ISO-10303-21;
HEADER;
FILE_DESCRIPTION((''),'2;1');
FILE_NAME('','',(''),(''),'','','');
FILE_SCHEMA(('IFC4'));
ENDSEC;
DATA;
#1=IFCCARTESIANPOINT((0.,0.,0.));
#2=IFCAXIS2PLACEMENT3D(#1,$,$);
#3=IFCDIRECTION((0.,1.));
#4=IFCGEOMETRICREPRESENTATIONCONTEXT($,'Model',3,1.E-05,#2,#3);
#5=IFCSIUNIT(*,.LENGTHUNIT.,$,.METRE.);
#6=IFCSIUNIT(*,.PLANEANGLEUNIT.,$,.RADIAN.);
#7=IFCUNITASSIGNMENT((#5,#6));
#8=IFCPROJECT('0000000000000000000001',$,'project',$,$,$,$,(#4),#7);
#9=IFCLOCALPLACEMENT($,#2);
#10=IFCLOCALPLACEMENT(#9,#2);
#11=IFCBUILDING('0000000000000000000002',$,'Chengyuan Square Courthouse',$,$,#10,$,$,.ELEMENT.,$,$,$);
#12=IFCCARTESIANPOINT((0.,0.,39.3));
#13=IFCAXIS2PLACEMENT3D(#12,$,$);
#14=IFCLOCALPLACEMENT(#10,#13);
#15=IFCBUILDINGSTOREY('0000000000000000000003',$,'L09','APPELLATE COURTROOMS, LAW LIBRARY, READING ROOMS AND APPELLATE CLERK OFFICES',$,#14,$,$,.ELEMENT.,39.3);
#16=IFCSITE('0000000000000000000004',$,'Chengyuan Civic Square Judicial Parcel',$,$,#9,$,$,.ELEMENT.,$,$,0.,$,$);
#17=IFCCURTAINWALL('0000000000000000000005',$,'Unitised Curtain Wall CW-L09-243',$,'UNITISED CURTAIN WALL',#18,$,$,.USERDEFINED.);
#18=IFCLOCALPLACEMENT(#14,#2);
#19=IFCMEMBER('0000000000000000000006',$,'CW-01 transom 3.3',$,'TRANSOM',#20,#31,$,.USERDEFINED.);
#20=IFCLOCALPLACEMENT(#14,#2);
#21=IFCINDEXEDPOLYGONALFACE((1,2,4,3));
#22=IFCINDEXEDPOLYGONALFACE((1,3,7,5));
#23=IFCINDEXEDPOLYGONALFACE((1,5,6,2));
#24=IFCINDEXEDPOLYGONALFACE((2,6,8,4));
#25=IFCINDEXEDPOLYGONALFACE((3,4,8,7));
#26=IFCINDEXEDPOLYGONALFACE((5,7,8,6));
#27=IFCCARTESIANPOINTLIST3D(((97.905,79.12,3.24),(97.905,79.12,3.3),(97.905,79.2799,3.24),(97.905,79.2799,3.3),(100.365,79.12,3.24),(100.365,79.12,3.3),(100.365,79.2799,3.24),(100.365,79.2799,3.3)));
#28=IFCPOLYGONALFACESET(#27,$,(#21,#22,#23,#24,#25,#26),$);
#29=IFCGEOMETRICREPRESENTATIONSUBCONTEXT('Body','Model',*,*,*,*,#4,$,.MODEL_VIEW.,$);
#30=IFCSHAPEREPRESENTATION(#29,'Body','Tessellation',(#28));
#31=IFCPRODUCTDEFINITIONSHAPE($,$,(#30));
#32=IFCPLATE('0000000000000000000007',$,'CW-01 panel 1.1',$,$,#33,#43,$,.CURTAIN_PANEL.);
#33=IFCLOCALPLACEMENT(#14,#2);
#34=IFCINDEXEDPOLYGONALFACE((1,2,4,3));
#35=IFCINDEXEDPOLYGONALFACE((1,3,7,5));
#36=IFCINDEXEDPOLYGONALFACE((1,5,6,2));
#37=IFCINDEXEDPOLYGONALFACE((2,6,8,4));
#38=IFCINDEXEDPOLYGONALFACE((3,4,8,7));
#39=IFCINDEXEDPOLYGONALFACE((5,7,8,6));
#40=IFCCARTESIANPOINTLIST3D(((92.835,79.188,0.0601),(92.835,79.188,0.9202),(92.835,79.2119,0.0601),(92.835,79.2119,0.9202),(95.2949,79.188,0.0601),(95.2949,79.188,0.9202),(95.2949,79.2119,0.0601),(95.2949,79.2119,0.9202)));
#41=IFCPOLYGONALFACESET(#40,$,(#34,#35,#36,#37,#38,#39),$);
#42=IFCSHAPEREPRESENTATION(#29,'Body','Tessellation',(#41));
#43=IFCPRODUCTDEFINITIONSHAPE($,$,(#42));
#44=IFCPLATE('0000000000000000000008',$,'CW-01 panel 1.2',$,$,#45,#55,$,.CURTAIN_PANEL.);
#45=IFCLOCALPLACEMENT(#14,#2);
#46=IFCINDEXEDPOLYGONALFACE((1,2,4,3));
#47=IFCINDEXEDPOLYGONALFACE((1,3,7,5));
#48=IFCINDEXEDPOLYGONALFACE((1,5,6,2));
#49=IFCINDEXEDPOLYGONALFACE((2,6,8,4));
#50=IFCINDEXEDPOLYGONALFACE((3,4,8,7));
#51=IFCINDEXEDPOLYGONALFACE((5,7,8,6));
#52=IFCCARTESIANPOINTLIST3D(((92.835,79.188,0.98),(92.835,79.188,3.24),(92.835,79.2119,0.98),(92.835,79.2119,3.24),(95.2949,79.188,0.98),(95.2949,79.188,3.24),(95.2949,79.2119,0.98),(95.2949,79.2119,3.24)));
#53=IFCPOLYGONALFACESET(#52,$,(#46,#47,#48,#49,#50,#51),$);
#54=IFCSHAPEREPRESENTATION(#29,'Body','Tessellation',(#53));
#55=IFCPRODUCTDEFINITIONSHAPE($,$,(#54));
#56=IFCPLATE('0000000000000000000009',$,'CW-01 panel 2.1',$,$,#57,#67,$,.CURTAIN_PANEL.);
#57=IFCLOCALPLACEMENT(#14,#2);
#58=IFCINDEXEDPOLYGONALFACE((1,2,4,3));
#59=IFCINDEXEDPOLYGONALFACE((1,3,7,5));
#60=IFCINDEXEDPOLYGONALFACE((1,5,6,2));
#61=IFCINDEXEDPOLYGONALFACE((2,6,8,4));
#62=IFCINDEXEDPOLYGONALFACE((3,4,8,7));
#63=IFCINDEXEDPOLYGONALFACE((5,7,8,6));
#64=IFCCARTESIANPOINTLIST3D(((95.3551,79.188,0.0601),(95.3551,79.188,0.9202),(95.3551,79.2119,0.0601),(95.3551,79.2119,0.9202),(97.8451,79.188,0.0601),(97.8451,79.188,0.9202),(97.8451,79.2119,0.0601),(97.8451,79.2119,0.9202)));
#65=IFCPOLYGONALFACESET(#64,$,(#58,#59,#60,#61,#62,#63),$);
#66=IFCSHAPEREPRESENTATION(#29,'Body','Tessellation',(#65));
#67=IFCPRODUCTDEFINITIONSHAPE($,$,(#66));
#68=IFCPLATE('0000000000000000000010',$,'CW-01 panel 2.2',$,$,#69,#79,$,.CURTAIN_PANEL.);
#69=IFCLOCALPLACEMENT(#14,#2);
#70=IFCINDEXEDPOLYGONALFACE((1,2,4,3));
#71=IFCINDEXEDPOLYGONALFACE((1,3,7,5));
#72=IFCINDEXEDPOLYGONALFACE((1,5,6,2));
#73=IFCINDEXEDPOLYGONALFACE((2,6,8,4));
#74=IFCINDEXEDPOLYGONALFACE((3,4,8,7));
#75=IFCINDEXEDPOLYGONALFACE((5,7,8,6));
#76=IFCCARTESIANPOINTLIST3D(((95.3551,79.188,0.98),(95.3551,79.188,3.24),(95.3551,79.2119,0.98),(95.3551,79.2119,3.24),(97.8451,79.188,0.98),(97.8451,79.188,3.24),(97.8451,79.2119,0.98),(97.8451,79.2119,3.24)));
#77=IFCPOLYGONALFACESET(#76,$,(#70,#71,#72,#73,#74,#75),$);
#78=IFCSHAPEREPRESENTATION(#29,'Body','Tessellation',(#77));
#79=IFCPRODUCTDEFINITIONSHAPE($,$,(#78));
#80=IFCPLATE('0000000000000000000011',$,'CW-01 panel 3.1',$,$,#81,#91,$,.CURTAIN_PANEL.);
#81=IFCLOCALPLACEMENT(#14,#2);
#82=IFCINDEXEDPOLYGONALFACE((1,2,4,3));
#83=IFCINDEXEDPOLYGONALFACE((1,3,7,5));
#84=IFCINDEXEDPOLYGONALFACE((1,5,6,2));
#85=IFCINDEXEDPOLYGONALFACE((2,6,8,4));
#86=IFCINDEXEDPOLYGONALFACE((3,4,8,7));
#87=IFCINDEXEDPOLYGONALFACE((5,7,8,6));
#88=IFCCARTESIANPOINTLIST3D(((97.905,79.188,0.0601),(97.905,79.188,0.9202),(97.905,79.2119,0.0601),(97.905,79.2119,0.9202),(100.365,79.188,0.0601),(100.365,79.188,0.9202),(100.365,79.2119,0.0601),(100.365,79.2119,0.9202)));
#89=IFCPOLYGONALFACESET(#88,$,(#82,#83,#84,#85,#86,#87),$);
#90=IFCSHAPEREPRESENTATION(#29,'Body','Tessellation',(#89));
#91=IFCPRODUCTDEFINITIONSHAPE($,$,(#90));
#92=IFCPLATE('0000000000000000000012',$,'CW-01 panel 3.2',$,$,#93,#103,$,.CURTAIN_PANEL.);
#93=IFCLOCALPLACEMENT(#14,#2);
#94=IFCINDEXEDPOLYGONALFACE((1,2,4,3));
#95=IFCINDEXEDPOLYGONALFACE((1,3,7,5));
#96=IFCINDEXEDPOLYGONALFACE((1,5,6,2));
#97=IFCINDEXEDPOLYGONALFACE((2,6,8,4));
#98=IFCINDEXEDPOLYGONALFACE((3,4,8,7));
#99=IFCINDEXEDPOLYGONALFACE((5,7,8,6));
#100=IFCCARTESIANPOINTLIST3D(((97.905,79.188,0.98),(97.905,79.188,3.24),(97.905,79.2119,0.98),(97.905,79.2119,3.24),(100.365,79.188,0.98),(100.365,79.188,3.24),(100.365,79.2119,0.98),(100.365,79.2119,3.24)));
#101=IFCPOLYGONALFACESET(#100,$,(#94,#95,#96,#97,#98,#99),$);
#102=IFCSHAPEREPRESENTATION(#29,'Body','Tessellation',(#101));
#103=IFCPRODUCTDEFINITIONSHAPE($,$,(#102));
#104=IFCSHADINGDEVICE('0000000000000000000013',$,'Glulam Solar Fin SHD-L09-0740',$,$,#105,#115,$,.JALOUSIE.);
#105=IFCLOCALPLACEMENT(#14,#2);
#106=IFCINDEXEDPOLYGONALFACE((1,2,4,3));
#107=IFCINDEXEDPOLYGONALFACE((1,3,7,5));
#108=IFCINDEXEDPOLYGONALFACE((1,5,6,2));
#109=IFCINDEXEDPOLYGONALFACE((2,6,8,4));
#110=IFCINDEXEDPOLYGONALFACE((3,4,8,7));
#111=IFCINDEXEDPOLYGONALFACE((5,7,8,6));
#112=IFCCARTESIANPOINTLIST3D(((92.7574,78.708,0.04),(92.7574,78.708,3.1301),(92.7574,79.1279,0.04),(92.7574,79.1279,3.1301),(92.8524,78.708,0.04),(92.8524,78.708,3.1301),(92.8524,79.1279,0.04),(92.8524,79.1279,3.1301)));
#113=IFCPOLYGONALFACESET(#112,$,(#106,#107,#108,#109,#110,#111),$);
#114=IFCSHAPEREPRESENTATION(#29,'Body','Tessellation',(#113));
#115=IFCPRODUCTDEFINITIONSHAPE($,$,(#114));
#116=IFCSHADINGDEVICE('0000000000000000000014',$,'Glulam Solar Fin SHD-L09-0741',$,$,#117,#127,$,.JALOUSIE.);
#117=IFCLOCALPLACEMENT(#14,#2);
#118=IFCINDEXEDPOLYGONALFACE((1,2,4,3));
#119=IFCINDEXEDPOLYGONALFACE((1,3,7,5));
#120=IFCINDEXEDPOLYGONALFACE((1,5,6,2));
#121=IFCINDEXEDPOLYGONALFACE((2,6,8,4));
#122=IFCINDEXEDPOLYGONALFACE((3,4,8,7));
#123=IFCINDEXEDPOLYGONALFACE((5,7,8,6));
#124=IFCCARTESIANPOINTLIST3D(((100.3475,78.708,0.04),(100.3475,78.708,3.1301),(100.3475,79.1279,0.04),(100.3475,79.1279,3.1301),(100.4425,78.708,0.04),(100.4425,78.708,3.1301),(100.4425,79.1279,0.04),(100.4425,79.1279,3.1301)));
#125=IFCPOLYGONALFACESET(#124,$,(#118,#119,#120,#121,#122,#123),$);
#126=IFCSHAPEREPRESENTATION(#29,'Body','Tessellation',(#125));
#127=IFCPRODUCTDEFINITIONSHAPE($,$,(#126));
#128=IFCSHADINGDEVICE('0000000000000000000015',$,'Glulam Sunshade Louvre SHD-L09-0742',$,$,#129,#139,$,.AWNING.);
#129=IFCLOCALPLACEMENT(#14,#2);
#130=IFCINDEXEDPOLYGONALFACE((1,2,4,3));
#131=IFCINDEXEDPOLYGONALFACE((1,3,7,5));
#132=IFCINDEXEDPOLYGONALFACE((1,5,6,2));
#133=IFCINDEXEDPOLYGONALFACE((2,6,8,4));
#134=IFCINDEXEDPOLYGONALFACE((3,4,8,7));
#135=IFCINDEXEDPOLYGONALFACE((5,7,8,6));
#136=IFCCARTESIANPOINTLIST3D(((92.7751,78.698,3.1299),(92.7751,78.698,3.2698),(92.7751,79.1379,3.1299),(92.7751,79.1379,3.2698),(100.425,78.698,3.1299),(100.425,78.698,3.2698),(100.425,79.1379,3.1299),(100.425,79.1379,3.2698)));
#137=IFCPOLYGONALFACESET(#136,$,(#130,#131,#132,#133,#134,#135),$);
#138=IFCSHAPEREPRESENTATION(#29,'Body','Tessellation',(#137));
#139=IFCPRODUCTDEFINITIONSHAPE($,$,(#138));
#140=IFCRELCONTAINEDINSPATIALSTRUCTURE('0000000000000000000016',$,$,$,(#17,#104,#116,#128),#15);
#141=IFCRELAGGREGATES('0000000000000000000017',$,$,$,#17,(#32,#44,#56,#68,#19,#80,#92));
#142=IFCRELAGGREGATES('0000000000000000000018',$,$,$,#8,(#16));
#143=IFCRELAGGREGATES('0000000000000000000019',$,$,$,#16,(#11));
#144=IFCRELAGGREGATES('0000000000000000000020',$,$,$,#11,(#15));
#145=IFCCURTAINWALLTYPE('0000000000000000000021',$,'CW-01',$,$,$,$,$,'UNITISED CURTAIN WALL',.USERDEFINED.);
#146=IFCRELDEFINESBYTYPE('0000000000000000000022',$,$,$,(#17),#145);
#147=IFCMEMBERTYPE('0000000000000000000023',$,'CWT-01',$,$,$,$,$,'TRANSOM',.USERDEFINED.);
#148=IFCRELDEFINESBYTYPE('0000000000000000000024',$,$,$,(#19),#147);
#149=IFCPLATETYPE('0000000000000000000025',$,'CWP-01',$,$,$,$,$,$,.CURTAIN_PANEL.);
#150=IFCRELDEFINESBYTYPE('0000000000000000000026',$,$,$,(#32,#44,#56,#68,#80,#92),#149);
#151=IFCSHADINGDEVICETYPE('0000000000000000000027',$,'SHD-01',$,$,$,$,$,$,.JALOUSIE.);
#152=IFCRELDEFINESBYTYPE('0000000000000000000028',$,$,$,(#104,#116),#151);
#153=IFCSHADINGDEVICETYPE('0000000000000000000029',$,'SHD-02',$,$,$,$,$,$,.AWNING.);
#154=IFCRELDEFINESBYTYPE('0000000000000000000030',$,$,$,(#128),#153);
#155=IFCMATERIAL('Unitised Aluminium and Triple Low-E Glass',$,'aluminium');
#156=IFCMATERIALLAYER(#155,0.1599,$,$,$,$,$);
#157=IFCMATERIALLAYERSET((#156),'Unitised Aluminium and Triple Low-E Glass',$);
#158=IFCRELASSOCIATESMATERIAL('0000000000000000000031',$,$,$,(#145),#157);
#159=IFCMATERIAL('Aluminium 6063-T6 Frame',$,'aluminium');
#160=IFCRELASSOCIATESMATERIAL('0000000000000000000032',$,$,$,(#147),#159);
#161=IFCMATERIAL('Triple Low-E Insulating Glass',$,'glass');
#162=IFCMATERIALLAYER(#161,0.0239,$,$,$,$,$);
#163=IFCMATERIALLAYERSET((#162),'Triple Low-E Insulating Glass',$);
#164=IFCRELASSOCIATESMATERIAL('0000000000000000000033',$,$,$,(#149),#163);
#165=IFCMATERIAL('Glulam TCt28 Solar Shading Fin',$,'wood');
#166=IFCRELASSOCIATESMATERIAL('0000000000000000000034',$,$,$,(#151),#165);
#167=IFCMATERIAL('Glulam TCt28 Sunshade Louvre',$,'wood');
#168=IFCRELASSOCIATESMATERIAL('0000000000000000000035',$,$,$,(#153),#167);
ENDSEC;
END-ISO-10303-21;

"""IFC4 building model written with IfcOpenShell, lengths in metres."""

from ifc_helpers import new_model, si_unit, direction, frame, origin, origin_2d, place, context, subcontext, project, spatial, rectangle, extrude, material, layer, layer_set, material_profile, profile_set, type_object, element, aggregate, save


model = new_model("IFC4")

# Units and contexts
model_context = context("Model", 3, precision=1e-05, world=origin(), true_north=direction((0.0, 1.0)))
body_context = subcontext(model_context, "Body", "Model", "MODEL_VIEW")
ifc_project = project(units=[si_unit("LENGTHUNIT", "METRE"), si_unit("PLANEANGLEUNIT", "RADIAN")], contexts=[model_context])

# Site, building, storey
site_placement = place(None, origin())
site = spatial("IfcSite", under=ifc_project, at=site_placement, Name="Chengyuan Civic Square Judicial Parcel", CompositionType="ELEMENT", RefElevation=0.0)
building_placement = place(site_placement, origin())
building = spatial("IfcBuilding", under=site, at=building_placement, Name="Chengyuan Square Courthouse", CompositionType="ELEMENT")
storey_placement = place(building_placement, frame((0.0, 0.0, 39.3)))
storey = spatial("IfcBuildingStorey", under=building, at=storey_placement, Name="L09", Description="APPELLATE COURTROOMS, LAW LIBRARY, READING ROOMS AND APPELLATE CLERK OFFICES", CompositionType="ELEMENT", Elevation=39.3)

# Curtain wall, member, plates
ifc_material_1 = material(Name="Unitised Aluminium and Triple Low-E Glass", Category="aluminium")
ifc_layer_1 = layer(ifc_material_1, 0.1599)
ifc_layer_set_1 = layer_set([ifc_layer_1], Name="Unitised Aluminium and Triple Low-E Glass")
curtain_wall_type = type_object("IfcCurtainWallType", Name="CW-01", ElementType="UNITISED CURTAIN WALL", PredefinedType="USERDEFINED", material=ifc_layer_set_1)
curtain_wall_placement = place(storey_placement, origin())
curtain_wall = element("IfcCurtainWall", 1, at=curtain_wall_placement, inside=storey, type_object=curtain_wall_type, Name="Unitised Curtain Wall CW-L09-243", ObjectType="UNITISED CURTAIN WALL", PredefinedType="USERDEFINED")
ifc_material_2 = material(Name="Aluminium 6063-T6 Frame", Category="aluminium")
ifc_material_profile_1 = material_profile(ifc_material_2, rectangle(XDim=0.1599, YDim=0.0601, at=origin_2d()), Name="CW-TRN-60x120")
ifc_profile_set_1 = profile_set([ifc_material_profile_1], Name="Aluminium 6063-T6 Frame")
member_type_1 = type_object("IfcMemberType", Name="CWT-01", ElementType="TRANSOM", PredefinedType="USERDEFINED", material=ifc_profile_set_1)
member_1_placement = place(storey_placement, frame((97.905, 79.2, 3.27), z_axis=(1.0, 0.0, 0.0), x_axis=(0.0, 1.0, 0.0)))
member_1 = element("IfcMember", 2, at=member_1_placement, type_object=member_type_1, Name="CW-01 transom 3.3", ObjectType="TRANSOM", PredefinedType="USERDEFINED", context=body_context, shape_type="SweptSolid", body=[
    extrude(rectangle(XDim=0.1599, YDim=0.0601, at=origin_2d()), origin(), (0.0, 0.0, 1.0), 2.46),
])
ifc_material_3 = material(Name="Triple Low-E Insulating Glass", Category="glass")
ifc_layer_2 = layer(ifc_material_3, 0.0239)
ifc_layer_set_2 = layer_set([ifc_layer_2], Name="Triple Low-E Insulating Glass")
plate_type = type_object("IfcPlateType", Name="CWP-01", PredefinedType="CURTAIN_PANEL", material=ifc_layer_set_2)
plate_1_placement = place(storey_placement, frame((94.0649, 79.2, 0.0601), z_axis=(0.0, 0.0, 1.0), x_axis=(1.0, 0.0, 0.0)))
plate_1 = element("IfcPlate", 3, at=plate_1_placement, type_object=plate_type, Name="CW-01 panel 1.1", PredefinedType="CURTAIN_PANEL", context=body_context, shape_type="SweptSolid", body=[
    extrude(rectangle(XDim=2.46, YDim=0.0239, at=origin_2d()), origin(), (0.0, 0.0, 1.0), 0.8601),
])
plate_2_placement = place(storey_placement, frame((94.0649, 79.2, 0.98), z_axis=(0.0, 0.0, 1.0), x_axis=(1.0, 0.0, 0.0)))
plate_2 = element("IfcPlate", 4, at=plate_2_placement, type_object=plate_type, Name="CW-01 panel 1.2", PredefinedType="CURTAIN_PANEL", context=body_context, shape_type="SweptSolid", body=[
    extrude(rectangle(XDim=2.46, YDim=0.0239, at=origin_2d()), origin(), (0.0, 0.0, 1.0), 2.26),
])
plate_3_placement = place(storey_placement, frame((96.6001, 79.2, 0.0601), z_axis=(0.0, 0.0, 1.0), x_axis=(1.0, 0.0, 0.0)))
plate_3 = element("IfcPlate", 5, at=plate_3_placement, type_object=plate_type, Name="CW-01 panel 2.1", PredefinedType="CURTAIN_PANEL", context=body_context, shape_type="SweptSolid", body=[
    extrude(rectangle(XDim=2.49, YDim=0.0239, at=origin_2d()), origin(), (0.0, 0.0, 1.0), 0.8601),
])
plate_4_placement = place(storey_placement, frame((96.6001, 79.2, 0.98), z_axis=(0.0, 0.0, 1.0), x_axis=(1.0, 0.0, 0.0)))
plate_4 = element("IfcPlate", 6, at=plate_4_placement, type_object=plate_type, Name="CW-01 panel 2.2", PredefinedType="CURTAIN_PANEL", context=body_context, shape_type="SweptSolid", body=[
    extrude(rectangle(XDim=2.49, YDim=0.0239, at=origin_2d()), origin(), (0.0, 0.0, 1.0), 2.26),
])
plate_5_placement = place(storey_placement, frame((99.135, 79.2, 0.0601), z_axis=(0.0, 0.0, 1.0), x_axis=(1.0, 0.0, 0.0)))
plate_5 = element("IfcPlate", 7, at=plate_5_placement, type_object=plate_type, Name="CW-01 panel 3.1", PredefinedType="CURTAIN_PANEL", context=body_context, shape_type="SweptSolid", body=[
    extrude(rectangle(XDim=2.46, YDim=0.0239, at=origin_2d()), origin(), (0.0, 0.0, 1.0), 0.8601),
])
plate_6_placement = place(storey_placement, frame((99.135, 79.2, 0.98), z_axis=(0.0, 0.0, 1.0), x_axis=(1.0, 0.0, 0.0)))
plate_6 = element("IfcPlate", 8, at=plate_6_placement, type_object=plate_type, Name="CW-01 panel 3.2", PredefinedType="CURTAIN_PANEL", context=body_context, shape_type="SweptSolid", body=[
    extrude(rectangle(XDim=2.46, YDim=0.0239, at=origin_2d()), origin(), (0.0, 0.0, 1.0), 2.26),
])
aggregate(curtain_wall, [plate_1, plate_2, plate_3, plate_4, member_1, plate_5, plate_6])

# Shading devices
ifc_material_4 = material(Name="Glulam TCt28 Solar Shading Fin", Category="wood")
shading_device_type_1 = type_object("IfcShadingDeviceType", Name="SHD-01", PredefinedType="JALOUSIE", material=ifc_material_4)
for number, where, z_axis, x_axis, name in (
    (9, (92.8049, 78.918, 0.04), (0.0, 0.0, 1.0), (0.0, 1.0, 0.0), "Glulam Solar Fin SHD-L09-0740"),
    (10, (100.395, 78.918, 0.04), (0.0, 0.0, 1.0), (0.0, 1.0, 0.0), "Glulam Solar Fin SHD-L09-0741"),
):
    element("IfcShadingDevice", number, at=place(storey_placement, frame(where, z_axis=z_axis, x_axis=x_axis)), inside=storey, type_object=shading_device_type_1, Name=name, PredefinedType="JALOUSIE", context=body_context, shape_type="SweptSolid", body=[
        extrude(rectangle(XDim=0.4199, YDim=0.095, at=origin_2d()), origin(), (0.0, 0.0, 1.0), 3.0901),
    ])
ifc_material_5 = material(Name="Glulam TCt28 Sunshade Louvre", Category="wood")
shading_device_type_2 = type_object("IfcShadingDeviceType", Name="SHD-02", PredefinedType="AWNING", material=ifc_material_5)
shading_device_placement = place(storey_placement, frame((96.6001, 78.918, 3.1299), z_axis=(0.0, 0.0, 1.0), x_axis=(1.0, 0.0, 0.0)))
element("IfcShadingDevice", 11, at=shading_device_placement, inside=storey, type_object=shading_device_type_2, Name="Glulam Sunshade Louvre SHD-L09-0742", PredefinedType="AWNING", context=body_context, shape_type="SweptSolid", body=[
    extrude(rectangle(XDim=7.6499, YDim=0.4399, at=origin_2d()), origin(), (0.0, 0.0, 1.0), 0.1399),
])

save(model, "model.ifc")
